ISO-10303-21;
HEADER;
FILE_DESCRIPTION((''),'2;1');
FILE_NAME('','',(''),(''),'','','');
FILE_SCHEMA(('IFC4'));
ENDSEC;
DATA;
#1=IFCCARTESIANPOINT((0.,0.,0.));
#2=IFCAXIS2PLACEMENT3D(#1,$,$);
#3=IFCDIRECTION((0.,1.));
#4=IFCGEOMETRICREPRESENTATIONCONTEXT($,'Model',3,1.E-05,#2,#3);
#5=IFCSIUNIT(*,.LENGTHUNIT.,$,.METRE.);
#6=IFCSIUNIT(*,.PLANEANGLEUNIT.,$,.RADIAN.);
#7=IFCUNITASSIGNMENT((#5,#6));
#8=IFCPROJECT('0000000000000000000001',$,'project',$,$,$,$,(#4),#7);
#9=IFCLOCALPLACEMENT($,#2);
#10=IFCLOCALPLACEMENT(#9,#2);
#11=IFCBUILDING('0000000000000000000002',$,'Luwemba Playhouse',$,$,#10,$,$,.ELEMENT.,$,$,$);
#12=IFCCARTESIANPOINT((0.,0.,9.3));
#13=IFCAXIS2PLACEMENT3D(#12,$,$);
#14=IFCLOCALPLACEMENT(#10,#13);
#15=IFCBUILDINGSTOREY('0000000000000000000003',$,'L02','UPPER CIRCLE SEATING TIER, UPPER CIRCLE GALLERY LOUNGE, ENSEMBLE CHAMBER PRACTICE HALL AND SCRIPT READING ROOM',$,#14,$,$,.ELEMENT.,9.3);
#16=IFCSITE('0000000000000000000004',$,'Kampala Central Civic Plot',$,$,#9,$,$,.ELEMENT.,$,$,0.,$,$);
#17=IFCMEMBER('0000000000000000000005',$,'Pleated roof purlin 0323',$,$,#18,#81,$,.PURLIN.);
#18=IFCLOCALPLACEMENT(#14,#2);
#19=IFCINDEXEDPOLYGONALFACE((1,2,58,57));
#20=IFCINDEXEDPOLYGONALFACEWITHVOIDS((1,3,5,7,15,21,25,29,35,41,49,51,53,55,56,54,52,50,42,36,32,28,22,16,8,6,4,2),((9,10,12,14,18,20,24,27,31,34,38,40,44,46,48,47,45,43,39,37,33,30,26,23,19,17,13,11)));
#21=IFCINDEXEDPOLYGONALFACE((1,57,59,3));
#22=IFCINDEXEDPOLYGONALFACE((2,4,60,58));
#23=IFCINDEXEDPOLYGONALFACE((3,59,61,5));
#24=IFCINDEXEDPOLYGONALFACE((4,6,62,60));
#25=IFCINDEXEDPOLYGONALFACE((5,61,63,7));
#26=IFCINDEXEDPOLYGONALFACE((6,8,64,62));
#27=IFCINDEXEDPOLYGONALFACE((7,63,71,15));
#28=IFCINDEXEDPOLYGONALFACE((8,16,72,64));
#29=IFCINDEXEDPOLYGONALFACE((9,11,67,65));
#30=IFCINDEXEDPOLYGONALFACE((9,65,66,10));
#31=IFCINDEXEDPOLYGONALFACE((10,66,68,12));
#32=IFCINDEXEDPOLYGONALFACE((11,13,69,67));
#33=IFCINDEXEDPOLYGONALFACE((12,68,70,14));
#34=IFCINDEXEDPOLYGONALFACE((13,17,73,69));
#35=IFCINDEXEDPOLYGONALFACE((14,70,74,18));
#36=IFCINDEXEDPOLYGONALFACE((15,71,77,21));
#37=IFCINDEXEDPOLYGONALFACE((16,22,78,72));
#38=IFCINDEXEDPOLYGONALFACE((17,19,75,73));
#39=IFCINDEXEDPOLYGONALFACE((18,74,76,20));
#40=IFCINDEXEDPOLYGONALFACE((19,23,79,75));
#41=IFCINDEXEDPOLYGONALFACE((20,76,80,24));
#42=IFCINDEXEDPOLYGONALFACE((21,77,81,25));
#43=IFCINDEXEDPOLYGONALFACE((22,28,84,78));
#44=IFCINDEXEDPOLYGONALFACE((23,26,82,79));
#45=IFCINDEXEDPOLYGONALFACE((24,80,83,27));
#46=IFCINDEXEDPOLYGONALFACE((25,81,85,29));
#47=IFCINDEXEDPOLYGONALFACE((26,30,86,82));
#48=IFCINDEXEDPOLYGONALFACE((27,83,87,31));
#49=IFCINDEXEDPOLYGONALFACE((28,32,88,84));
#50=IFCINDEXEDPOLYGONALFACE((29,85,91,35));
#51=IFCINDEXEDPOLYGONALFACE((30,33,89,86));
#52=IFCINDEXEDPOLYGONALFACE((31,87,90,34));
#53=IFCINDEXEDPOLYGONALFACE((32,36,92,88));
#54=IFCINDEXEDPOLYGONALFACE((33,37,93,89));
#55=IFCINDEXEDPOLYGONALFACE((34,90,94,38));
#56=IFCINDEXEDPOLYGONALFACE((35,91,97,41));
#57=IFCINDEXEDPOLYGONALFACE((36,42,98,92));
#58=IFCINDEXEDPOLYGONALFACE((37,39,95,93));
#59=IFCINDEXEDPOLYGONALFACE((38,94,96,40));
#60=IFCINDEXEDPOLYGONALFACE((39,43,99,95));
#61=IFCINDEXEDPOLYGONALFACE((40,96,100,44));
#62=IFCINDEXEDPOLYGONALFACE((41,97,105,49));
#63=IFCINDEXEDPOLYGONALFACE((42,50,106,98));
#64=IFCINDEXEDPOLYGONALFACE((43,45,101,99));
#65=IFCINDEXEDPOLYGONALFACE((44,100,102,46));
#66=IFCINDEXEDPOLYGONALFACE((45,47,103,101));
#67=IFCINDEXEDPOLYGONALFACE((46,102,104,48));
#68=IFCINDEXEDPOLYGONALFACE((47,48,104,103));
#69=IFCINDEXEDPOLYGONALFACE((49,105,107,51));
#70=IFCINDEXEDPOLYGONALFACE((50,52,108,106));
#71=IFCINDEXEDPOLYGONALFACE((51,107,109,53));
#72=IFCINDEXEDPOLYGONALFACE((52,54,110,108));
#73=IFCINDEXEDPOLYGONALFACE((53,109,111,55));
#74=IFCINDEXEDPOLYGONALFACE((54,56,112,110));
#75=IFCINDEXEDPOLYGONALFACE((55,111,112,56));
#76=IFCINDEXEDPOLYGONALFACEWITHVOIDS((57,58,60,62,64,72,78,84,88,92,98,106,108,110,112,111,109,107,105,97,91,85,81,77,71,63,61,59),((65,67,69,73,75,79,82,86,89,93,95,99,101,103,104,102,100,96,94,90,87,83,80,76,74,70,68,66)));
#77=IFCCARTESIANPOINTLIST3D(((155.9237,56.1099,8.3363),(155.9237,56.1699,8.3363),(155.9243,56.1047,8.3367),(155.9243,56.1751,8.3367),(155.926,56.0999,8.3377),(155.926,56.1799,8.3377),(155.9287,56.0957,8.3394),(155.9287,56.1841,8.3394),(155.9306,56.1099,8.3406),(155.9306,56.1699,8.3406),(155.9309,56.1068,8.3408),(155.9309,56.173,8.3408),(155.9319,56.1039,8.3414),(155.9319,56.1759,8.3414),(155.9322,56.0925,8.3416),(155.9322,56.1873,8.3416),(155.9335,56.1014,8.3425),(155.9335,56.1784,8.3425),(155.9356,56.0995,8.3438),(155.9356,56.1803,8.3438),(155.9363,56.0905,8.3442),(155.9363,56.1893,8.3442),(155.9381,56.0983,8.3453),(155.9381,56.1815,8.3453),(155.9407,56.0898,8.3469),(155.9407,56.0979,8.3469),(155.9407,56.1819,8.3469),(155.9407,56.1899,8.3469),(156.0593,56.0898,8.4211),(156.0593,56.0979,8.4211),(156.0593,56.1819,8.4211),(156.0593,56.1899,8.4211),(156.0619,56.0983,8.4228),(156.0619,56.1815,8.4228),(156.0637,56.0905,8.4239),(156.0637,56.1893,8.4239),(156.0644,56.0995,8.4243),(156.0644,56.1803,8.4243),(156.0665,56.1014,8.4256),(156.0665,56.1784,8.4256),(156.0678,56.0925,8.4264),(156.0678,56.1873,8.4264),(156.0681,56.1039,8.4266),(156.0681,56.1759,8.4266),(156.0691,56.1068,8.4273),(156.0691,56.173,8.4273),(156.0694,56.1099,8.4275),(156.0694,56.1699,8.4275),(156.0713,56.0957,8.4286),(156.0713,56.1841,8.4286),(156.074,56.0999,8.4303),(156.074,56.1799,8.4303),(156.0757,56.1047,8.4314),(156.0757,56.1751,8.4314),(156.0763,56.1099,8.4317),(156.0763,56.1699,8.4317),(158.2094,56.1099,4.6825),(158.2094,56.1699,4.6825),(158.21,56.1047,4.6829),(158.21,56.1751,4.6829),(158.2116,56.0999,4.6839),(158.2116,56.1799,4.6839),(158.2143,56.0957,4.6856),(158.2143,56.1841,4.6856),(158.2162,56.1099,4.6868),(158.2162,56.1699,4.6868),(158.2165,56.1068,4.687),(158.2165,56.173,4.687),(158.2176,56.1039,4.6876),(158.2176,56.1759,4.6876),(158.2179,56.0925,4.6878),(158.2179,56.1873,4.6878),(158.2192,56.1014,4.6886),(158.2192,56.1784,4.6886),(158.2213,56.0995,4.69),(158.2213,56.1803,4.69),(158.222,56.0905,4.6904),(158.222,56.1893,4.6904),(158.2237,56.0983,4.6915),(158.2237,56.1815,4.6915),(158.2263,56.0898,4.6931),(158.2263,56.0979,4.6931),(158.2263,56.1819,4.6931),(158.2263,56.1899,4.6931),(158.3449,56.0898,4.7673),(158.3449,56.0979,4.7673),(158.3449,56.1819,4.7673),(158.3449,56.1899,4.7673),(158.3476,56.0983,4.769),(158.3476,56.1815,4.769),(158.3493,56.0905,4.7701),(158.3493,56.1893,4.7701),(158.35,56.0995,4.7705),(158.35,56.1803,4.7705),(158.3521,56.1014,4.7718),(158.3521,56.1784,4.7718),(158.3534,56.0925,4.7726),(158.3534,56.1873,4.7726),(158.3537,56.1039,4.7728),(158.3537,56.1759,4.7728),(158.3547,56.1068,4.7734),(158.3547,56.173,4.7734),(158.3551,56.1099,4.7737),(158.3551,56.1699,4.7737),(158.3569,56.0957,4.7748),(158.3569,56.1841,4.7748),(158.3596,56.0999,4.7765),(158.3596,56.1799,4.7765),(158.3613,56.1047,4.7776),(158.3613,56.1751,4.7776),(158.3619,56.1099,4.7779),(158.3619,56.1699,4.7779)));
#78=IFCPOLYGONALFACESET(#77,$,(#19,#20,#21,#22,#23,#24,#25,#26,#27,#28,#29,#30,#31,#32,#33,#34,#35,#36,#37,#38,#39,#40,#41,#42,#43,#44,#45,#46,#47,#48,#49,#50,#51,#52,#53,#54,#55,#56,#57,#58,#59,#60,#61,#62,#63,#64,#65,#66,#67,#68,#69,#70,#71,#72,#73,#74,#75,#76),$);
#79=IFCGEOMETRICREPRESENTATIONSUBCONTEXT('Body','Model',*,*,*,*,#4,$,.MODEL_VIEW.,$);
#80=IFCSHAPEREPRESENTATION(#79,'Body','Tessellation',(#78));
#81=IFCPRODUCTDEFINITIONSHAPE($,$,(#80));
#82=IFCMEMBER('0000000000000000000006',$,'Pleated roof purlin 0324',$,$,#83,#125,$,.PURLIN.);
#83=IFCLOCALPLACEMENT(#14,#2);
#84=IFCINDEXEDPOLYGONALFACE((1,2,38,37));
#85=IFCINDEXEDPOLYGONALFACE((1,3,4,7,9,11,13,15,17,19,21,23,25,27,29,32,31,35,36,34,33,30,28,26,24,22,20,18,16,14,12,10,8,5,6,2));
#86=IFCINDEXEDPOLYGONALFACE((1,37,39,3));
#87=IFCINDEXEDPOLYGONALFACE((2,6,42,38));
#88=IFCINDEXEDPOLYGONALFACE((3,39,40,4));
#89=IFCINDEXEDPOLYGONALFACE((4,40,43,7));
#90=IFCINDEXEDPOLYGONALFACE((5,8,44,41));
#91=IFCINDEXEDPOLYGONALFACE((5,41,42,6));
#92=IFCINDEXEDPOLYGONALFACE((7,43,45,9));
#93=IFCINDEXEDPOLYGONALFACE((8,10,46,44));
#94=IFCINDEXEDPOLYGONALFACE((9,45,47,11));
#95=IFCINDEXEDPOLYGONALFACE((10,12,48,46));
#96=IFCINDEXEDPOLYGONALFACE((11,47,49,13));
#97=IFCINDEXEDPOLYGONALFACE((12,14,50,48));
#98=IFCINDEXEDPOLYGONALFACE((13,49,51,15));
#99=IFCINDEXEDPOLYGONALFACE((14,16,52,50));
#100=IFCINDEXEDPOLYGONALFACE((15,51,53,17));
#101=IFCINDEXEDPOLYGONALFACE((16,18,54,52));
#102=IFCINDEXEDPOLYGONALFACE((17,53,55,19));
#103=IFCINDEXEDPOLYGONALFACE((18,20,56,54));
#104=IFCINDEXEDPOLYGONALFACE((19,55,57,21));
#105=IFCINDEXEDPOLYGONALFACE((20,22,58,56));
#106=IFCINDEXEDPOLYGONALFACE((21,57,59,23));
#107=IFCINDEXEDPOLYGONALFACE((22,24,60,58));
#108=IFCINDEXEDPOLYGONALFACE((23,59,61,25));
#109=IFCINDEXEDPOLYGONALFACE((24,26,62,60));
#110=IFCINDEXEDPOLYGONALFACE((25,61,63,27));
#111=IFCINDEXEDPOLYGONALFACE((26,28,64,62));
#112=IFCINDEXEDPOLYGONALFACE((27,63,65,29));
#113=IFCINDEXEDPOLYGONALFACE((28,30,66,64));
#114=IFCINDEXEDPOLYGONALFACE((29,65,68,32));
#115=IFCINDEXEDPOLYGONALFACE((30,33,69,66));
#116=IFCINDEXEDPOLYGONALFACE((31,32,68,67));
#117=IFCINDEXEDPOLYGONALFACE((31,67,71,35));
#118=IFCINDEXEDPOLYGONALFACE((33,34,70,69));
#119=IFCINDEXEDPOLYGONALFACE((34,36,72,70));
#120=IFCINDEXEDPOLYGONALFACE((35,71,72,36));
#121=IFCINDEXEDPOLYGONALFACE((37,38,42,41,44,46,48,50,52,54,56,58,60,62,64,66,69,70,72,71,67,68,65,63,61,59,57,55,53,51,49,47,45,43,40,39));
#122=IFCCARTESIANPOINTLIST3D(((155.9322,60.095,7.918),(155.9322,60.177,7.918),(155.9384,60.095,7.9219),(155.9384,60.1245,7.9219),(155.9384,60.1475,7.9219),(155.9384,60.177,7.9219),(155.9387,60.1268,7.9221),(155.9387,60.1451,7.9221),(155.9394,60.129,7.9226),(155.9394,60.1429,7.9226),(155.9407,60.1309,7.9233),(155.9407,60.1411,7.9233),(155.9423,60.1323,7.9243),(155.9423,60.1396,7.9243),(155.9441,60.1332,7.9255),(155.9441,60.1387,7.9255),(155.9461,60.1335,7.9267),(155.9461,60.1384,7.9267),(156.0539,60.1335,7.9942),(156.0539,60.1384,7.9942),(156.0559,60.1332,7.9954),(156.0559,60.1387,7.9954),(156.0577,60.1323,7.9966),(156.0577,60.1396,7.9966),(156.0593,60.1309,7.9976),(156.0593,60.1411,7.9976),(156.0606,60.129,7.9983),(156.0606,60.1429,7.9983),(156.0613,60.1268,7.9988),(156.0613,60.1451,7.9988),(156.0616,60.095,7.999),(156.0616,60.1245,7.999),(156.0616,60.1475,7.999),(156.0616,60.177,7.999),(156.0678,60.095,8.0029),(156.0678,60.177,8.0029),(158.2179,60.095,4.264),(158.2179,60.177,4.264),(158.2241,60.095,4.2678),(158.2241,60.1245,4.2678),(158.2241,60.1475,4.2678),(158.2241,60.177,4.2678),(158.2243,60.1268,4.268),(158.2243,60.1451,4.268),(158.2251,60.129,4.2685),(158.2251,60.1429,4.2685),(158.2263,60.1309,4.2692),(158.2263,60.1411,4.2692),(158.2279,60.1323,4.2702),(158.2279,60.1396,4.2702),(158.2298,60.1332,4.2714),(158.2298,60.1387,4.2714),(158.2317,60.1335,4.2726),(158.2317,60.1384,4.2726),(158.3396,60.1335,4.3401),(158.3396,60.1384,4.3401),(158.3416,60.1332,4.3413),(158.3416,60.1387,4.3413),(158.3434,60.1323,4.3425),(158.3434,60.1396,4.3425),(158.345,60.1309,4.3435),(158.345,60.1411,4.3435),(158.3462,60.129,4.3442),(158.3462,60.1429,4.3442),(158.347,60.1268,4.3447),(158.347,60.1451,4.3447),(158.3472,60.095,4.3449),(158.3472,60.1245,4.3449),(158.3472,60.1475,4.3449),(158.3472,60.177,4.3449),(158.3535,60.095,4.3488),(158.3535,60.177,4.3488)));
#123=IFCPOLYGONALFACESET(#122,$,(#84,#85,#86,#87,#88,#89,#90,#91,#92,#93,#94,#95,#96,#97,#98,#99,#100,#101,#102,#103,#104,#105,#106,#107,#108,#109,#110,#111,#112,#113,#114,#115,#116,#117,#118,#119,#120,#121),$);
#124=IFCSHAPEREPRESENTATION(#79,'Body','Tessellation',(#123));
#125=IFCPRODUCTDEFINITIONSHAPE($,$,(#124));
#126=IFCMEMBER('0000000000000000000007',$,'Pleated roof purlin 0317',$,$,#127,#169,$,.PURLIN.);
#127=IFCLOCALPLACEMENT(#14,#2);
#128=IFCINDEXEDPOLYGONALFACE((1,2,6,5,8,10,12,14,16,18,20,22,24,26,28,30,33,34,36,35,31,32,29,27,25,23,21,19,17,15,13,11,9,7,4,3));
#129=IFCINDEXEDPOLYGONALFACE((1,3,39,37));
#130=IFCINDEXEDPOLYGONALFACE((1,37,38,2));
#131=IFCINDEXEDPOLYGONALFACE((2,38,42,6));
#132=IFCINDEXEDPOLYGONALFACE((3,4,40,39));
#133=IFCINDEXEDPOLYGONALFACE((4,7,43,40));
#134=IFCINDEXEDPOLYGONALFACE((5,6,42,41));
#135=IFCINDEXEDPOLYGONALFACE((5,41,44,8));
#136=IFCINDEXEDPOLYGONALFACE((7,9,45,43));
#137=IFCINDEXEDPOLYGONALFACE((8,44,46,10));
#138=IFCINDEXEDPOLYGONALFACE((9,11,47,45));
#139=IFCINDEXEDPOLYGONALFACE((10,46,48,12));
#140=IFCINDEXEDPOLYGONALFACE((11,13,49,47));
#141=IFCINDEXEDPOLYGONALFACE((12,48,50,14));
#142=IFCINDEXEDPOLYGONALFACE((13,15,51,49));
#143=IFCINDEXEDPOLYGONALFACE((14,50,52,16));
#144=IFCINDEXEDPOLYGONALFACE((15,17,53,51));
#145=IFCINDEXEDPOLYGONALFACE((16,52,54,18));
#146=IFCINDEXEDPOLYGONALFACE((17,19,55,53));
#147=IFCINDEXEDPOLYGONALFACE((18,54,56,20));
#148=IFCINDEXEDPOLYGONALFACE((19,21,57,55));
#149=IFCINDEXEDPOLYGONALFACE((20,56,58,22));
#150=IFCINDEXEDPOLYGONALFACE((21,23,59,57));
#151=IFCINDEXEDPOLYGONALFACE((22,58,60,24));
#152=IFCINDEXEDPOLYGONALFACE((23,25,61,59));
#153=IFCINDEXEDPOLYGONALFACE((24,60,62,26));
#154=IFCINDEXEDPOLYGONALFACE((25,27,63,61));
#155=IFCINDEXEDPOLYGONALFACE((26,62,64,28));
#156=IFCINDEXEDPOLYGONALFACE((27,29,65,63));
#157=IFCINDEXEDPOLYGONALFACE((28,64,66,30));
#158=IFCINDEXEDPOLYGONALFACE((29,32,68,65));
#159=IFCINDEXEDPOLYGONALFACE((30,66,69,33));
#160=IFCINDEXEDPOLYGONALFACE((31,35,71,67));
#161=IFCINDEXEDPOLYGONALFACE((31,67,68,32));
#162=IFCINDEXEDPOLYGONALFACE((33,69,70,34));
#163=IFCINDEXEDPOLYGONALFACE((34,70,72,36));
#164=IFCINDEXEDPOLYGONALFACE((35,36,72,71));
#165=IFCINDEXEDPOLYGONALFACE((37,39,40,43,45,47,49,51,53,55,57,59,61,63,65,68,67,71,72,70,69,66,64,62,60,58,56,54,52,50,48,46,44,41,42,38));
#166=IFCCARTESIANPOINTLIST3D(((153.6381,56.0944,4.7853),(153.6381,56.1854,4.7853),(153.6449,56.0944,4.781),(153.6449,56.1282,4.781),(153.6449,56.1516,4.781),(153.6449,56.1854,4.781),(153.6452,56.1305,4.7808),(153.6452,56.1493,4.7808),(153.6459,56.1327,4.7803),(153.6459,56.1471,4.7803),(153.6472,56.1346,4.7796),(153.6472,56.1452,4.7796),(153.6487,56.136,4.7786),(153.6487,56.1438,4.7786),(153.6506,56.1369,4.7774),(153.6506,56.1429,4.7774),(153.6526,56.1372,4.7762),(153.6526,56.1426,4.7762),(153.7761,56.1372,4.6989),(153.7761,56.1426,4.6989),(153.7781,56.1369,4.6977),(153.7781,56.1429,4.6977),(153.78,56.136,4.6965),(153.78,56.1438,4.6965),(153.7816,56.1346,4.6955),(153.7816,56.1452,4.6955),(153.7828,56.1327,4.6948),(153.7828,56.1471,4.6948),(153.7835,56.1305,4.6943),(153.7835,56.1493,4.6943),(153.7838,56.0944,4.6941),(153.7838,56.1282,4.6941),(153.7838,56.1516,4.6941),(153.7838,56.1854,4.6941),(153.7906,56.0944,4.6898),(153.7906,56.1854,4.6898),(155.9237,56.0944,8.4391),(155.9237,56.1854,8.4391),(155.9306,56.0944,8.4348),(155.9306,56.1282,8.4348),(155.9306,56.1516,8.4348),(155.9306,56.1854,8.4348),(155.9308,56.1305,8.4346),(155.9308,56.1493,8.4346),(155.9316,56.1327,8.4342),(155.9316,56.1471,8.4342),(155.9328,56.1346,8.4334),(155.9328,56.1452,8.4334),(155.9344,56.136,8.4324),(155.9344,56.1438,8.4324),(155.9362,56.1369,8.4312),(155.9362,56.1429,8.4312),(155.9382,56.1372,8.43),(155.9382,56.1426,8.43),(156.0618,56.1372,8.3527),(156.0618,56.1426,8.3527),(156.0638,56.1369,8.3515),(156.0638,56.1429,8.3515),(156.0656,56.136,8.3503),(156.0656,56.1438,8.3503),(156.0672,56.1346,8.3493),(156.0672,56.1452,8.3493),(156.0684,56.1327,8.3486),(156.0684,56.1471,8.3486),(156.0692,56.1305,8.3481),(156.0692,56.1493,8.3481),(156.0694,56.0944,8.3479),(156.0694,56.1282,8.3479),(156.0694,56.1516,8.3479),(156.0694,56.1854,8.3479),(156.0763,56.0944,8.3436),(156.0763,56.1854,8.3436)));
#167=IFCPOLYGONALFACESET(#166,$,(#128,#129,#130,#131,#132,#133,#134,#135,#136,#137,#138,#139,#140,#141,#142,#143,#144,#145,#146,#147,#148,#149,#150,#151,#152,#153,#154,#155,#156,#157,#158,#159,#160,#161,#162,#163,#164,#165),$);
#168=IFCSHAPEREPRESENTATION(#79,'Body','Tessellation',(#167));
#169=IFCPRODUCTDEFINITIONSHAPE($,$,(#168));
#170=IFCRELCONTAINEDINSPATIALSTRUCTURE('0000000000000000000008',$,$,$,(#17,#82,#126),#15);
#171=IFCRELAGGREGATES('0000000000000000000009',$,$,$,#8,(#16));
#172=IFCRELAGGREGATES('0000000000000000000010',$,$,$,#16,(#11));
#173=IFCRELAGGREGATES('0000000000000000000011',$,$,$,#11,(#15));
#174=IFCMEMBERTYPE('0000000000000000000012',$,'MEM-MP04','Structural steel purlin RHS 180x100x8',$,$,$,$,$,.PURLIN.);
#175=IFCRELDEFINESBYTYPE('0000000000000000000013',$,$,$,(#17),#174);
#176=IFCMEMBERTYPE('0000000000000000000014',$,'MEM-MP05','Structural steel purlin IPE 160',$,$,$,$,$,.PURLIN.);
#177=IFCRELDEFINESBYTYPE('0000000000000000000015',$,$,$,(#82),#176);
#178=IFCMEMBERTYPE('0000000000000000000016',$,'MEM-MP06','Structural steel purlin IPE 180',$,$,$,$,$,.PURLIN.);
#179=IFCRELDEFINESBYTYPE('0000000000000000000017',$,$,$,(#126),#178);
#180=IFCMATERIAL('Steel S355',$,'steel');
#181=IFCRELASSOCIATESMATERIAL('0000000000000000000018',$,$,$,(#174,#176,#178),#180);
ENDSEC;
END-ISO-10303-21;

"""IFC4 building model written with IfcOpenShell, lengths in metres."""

from ifc_helpers import new_model, si_unit, direction, frame, origin, origin_2d, place, context, subcontext, project, spatial, hollow_rectangle, i_section, extrude, material, material_profile, profile_set, type_object, element, save


model = new_model("IFC4")

# Units and contexts
model_context = context("Model", 3, precision=1e-05, world=origin(), true_north=direction((0.0, 1.0)))
body_context = subcontext(model_context, "Body", "Model", "MODEL_VIEW")
ifc_project = project(units=[si_unit("LENGTHUNIT", "METRE"), si_unit("PLANEANGLEUNIT", "RADIAN")], contexts=[model_context])

# Site, building, storey
site_placement = place(None, origin())
site = spatial("IfcSite", under=ifc_project, at=site_placement, Name="Kampala Central Civic Plot", CompositionType="ELEMENT", RefElevation=0.0)
building_placement = place(site_placement, origin())
building = spatial("IfcBuilding", under=site, at=building_placement, Name="Luwemba Playhouse", CompositionType="ELEMENT")
storey_placement = place(building_placement, frame((0.0, 0.0, 9.3)))
storey = spatial("IfcBuildingStorey", under=building, at=storey_placement, Name="L02", Description="UPPER CIRCLE SEATING TIER, UPPER CIRCLE GALLERY LOUNGE, ENSEMBLE CHAMBER PRACTICE HALL AND SCRIPT READING ROOM", CompositionType="ELEMENT", Elevation=9.3)

# Shared definitions
ifc_material_1 = material(Name="Steel S355", Category="steel")

# Members
ifc_material_profile_1 = material_profile(ifc_material_1, hollow_rectangle(XDim=0.1001, YDim=0.1799, WallThickness=0.0081, InnerFilletRadius=0.012, OuterFilletRadius=0.02, at=origin_2d()))
ifc_profile_set_1 = profile_set([ifc_material_profile_1], Name="Steel S355")
member_type_1 = type_object("IfcMemberType", Name="MEM-MP04", Description="Structural steel purlin RHS 180x100x8", PredefinedType="PURLIN", material=ifc_profile_set_1)
member_1_placement = place(storey_placement, frame((156.0, 56.1399, 8.384), z_axis=(0.530335, 0.0, -0.847788), x_axis=(0.0, 1.0, 0.0)))
element("IfcMember", 1, at=member_1_placement, inside=storey, type_object=member_type_1, Name="Pleated roof purlin 0323", PredefinedType="PURLIN", context=body_context, shape_type="SweptSolid", body=[
    extrude(hollow_rectangle(XDim=0.1001, YDim=0.1799, WallThickness=0.0081, InnerFilletRadius=0.012, OuterFilletRadius=0.02, at=origin_2d()), origin(), (0.0, 0.0, 1.0), 4.3098),
])
ifc_material_profile_2 = material_profile(ifc_material_1, i_section(OverallWidth=0.082, OverallDepth=0.1599, WebThickness=0.0049, FlangeThickness=0.0073, FilletRadius=0.009, at=origin_2d()))
ifc_profile_set_2 = profile_set([ifc_material_profile_2], Name="Steel S355")
member_type_2 = type_object("IfcMemberType", Name="MEM-MP05", Description="Structural steel purlin IPE 160", PredefinedType="PURLIN", material=ifc_profile_set_2)
member_2_placement = place(storey_placement, frame((156.0, 60.136, 7.9604), z_axis=(0.530309, 0.0, -0.847804), x_axis=(0.0, 1.0, 0.0)))
element("IfcMember", 2, at=member_2_placement, inside=storey, type_object=member_type_2, Name="Pleated roof purlin 0324", PredefinedType="PURLIN", context=body_context, shape_type="SweptSolid", body=[
    extrude(i_section(OverallWidth=0.082, OverallDepth=0.1599, WebThickness=0.0049, FlangeThickness=0.0073, FilletRadius=0.009, at=origin_2d()), origin(), (0.0, 0.0, 1.0), 4.3101),
])
ifc_material_profile_3 = material_profile(ifc_material_1, i_section(OverallWidth=0.0911, OverallDepth=0.1799, WebThickness=0.0054, FlangeThickness=0.0081, FilletRadius=0.009, at=origin_2d()))
ifc_profile_set_3 = profile_set([ifc_material_profile_3], Name="Steel S355")
member_type_3 = type_object("IfcMemberType", Name="MEM-MP06", Description="Structural steel purlin IPE 180", PredefinedType="PURLIN", material=ifc_profile_set_3)
member_3_placement = place(storey_placement, frame((153.7144, 56.1399, 4.7375), z_axis=(0.530335, 0.0, 0.847788), x_axis=(0.0, 1.0, 0.0)))
element("IfcMember", 3, at=member_3_placement, inside=storey, type_object=member_type_3, Name="Pleated roof purlin 0317", PredefinedType="PURLIN", context=body_context, shape_type="SweptSolid", body=[
    extrude(i_section(OverallWidth=0.0911, OverallDepth=0.1799, WebThickness=0.0054, FlangeThickness=0.0081, FilletRadius=0.009, at=origin_2d()), origin(), (0.0, 0.0, 1.0), 4.3098),
])

save(model, "model.ifc")
